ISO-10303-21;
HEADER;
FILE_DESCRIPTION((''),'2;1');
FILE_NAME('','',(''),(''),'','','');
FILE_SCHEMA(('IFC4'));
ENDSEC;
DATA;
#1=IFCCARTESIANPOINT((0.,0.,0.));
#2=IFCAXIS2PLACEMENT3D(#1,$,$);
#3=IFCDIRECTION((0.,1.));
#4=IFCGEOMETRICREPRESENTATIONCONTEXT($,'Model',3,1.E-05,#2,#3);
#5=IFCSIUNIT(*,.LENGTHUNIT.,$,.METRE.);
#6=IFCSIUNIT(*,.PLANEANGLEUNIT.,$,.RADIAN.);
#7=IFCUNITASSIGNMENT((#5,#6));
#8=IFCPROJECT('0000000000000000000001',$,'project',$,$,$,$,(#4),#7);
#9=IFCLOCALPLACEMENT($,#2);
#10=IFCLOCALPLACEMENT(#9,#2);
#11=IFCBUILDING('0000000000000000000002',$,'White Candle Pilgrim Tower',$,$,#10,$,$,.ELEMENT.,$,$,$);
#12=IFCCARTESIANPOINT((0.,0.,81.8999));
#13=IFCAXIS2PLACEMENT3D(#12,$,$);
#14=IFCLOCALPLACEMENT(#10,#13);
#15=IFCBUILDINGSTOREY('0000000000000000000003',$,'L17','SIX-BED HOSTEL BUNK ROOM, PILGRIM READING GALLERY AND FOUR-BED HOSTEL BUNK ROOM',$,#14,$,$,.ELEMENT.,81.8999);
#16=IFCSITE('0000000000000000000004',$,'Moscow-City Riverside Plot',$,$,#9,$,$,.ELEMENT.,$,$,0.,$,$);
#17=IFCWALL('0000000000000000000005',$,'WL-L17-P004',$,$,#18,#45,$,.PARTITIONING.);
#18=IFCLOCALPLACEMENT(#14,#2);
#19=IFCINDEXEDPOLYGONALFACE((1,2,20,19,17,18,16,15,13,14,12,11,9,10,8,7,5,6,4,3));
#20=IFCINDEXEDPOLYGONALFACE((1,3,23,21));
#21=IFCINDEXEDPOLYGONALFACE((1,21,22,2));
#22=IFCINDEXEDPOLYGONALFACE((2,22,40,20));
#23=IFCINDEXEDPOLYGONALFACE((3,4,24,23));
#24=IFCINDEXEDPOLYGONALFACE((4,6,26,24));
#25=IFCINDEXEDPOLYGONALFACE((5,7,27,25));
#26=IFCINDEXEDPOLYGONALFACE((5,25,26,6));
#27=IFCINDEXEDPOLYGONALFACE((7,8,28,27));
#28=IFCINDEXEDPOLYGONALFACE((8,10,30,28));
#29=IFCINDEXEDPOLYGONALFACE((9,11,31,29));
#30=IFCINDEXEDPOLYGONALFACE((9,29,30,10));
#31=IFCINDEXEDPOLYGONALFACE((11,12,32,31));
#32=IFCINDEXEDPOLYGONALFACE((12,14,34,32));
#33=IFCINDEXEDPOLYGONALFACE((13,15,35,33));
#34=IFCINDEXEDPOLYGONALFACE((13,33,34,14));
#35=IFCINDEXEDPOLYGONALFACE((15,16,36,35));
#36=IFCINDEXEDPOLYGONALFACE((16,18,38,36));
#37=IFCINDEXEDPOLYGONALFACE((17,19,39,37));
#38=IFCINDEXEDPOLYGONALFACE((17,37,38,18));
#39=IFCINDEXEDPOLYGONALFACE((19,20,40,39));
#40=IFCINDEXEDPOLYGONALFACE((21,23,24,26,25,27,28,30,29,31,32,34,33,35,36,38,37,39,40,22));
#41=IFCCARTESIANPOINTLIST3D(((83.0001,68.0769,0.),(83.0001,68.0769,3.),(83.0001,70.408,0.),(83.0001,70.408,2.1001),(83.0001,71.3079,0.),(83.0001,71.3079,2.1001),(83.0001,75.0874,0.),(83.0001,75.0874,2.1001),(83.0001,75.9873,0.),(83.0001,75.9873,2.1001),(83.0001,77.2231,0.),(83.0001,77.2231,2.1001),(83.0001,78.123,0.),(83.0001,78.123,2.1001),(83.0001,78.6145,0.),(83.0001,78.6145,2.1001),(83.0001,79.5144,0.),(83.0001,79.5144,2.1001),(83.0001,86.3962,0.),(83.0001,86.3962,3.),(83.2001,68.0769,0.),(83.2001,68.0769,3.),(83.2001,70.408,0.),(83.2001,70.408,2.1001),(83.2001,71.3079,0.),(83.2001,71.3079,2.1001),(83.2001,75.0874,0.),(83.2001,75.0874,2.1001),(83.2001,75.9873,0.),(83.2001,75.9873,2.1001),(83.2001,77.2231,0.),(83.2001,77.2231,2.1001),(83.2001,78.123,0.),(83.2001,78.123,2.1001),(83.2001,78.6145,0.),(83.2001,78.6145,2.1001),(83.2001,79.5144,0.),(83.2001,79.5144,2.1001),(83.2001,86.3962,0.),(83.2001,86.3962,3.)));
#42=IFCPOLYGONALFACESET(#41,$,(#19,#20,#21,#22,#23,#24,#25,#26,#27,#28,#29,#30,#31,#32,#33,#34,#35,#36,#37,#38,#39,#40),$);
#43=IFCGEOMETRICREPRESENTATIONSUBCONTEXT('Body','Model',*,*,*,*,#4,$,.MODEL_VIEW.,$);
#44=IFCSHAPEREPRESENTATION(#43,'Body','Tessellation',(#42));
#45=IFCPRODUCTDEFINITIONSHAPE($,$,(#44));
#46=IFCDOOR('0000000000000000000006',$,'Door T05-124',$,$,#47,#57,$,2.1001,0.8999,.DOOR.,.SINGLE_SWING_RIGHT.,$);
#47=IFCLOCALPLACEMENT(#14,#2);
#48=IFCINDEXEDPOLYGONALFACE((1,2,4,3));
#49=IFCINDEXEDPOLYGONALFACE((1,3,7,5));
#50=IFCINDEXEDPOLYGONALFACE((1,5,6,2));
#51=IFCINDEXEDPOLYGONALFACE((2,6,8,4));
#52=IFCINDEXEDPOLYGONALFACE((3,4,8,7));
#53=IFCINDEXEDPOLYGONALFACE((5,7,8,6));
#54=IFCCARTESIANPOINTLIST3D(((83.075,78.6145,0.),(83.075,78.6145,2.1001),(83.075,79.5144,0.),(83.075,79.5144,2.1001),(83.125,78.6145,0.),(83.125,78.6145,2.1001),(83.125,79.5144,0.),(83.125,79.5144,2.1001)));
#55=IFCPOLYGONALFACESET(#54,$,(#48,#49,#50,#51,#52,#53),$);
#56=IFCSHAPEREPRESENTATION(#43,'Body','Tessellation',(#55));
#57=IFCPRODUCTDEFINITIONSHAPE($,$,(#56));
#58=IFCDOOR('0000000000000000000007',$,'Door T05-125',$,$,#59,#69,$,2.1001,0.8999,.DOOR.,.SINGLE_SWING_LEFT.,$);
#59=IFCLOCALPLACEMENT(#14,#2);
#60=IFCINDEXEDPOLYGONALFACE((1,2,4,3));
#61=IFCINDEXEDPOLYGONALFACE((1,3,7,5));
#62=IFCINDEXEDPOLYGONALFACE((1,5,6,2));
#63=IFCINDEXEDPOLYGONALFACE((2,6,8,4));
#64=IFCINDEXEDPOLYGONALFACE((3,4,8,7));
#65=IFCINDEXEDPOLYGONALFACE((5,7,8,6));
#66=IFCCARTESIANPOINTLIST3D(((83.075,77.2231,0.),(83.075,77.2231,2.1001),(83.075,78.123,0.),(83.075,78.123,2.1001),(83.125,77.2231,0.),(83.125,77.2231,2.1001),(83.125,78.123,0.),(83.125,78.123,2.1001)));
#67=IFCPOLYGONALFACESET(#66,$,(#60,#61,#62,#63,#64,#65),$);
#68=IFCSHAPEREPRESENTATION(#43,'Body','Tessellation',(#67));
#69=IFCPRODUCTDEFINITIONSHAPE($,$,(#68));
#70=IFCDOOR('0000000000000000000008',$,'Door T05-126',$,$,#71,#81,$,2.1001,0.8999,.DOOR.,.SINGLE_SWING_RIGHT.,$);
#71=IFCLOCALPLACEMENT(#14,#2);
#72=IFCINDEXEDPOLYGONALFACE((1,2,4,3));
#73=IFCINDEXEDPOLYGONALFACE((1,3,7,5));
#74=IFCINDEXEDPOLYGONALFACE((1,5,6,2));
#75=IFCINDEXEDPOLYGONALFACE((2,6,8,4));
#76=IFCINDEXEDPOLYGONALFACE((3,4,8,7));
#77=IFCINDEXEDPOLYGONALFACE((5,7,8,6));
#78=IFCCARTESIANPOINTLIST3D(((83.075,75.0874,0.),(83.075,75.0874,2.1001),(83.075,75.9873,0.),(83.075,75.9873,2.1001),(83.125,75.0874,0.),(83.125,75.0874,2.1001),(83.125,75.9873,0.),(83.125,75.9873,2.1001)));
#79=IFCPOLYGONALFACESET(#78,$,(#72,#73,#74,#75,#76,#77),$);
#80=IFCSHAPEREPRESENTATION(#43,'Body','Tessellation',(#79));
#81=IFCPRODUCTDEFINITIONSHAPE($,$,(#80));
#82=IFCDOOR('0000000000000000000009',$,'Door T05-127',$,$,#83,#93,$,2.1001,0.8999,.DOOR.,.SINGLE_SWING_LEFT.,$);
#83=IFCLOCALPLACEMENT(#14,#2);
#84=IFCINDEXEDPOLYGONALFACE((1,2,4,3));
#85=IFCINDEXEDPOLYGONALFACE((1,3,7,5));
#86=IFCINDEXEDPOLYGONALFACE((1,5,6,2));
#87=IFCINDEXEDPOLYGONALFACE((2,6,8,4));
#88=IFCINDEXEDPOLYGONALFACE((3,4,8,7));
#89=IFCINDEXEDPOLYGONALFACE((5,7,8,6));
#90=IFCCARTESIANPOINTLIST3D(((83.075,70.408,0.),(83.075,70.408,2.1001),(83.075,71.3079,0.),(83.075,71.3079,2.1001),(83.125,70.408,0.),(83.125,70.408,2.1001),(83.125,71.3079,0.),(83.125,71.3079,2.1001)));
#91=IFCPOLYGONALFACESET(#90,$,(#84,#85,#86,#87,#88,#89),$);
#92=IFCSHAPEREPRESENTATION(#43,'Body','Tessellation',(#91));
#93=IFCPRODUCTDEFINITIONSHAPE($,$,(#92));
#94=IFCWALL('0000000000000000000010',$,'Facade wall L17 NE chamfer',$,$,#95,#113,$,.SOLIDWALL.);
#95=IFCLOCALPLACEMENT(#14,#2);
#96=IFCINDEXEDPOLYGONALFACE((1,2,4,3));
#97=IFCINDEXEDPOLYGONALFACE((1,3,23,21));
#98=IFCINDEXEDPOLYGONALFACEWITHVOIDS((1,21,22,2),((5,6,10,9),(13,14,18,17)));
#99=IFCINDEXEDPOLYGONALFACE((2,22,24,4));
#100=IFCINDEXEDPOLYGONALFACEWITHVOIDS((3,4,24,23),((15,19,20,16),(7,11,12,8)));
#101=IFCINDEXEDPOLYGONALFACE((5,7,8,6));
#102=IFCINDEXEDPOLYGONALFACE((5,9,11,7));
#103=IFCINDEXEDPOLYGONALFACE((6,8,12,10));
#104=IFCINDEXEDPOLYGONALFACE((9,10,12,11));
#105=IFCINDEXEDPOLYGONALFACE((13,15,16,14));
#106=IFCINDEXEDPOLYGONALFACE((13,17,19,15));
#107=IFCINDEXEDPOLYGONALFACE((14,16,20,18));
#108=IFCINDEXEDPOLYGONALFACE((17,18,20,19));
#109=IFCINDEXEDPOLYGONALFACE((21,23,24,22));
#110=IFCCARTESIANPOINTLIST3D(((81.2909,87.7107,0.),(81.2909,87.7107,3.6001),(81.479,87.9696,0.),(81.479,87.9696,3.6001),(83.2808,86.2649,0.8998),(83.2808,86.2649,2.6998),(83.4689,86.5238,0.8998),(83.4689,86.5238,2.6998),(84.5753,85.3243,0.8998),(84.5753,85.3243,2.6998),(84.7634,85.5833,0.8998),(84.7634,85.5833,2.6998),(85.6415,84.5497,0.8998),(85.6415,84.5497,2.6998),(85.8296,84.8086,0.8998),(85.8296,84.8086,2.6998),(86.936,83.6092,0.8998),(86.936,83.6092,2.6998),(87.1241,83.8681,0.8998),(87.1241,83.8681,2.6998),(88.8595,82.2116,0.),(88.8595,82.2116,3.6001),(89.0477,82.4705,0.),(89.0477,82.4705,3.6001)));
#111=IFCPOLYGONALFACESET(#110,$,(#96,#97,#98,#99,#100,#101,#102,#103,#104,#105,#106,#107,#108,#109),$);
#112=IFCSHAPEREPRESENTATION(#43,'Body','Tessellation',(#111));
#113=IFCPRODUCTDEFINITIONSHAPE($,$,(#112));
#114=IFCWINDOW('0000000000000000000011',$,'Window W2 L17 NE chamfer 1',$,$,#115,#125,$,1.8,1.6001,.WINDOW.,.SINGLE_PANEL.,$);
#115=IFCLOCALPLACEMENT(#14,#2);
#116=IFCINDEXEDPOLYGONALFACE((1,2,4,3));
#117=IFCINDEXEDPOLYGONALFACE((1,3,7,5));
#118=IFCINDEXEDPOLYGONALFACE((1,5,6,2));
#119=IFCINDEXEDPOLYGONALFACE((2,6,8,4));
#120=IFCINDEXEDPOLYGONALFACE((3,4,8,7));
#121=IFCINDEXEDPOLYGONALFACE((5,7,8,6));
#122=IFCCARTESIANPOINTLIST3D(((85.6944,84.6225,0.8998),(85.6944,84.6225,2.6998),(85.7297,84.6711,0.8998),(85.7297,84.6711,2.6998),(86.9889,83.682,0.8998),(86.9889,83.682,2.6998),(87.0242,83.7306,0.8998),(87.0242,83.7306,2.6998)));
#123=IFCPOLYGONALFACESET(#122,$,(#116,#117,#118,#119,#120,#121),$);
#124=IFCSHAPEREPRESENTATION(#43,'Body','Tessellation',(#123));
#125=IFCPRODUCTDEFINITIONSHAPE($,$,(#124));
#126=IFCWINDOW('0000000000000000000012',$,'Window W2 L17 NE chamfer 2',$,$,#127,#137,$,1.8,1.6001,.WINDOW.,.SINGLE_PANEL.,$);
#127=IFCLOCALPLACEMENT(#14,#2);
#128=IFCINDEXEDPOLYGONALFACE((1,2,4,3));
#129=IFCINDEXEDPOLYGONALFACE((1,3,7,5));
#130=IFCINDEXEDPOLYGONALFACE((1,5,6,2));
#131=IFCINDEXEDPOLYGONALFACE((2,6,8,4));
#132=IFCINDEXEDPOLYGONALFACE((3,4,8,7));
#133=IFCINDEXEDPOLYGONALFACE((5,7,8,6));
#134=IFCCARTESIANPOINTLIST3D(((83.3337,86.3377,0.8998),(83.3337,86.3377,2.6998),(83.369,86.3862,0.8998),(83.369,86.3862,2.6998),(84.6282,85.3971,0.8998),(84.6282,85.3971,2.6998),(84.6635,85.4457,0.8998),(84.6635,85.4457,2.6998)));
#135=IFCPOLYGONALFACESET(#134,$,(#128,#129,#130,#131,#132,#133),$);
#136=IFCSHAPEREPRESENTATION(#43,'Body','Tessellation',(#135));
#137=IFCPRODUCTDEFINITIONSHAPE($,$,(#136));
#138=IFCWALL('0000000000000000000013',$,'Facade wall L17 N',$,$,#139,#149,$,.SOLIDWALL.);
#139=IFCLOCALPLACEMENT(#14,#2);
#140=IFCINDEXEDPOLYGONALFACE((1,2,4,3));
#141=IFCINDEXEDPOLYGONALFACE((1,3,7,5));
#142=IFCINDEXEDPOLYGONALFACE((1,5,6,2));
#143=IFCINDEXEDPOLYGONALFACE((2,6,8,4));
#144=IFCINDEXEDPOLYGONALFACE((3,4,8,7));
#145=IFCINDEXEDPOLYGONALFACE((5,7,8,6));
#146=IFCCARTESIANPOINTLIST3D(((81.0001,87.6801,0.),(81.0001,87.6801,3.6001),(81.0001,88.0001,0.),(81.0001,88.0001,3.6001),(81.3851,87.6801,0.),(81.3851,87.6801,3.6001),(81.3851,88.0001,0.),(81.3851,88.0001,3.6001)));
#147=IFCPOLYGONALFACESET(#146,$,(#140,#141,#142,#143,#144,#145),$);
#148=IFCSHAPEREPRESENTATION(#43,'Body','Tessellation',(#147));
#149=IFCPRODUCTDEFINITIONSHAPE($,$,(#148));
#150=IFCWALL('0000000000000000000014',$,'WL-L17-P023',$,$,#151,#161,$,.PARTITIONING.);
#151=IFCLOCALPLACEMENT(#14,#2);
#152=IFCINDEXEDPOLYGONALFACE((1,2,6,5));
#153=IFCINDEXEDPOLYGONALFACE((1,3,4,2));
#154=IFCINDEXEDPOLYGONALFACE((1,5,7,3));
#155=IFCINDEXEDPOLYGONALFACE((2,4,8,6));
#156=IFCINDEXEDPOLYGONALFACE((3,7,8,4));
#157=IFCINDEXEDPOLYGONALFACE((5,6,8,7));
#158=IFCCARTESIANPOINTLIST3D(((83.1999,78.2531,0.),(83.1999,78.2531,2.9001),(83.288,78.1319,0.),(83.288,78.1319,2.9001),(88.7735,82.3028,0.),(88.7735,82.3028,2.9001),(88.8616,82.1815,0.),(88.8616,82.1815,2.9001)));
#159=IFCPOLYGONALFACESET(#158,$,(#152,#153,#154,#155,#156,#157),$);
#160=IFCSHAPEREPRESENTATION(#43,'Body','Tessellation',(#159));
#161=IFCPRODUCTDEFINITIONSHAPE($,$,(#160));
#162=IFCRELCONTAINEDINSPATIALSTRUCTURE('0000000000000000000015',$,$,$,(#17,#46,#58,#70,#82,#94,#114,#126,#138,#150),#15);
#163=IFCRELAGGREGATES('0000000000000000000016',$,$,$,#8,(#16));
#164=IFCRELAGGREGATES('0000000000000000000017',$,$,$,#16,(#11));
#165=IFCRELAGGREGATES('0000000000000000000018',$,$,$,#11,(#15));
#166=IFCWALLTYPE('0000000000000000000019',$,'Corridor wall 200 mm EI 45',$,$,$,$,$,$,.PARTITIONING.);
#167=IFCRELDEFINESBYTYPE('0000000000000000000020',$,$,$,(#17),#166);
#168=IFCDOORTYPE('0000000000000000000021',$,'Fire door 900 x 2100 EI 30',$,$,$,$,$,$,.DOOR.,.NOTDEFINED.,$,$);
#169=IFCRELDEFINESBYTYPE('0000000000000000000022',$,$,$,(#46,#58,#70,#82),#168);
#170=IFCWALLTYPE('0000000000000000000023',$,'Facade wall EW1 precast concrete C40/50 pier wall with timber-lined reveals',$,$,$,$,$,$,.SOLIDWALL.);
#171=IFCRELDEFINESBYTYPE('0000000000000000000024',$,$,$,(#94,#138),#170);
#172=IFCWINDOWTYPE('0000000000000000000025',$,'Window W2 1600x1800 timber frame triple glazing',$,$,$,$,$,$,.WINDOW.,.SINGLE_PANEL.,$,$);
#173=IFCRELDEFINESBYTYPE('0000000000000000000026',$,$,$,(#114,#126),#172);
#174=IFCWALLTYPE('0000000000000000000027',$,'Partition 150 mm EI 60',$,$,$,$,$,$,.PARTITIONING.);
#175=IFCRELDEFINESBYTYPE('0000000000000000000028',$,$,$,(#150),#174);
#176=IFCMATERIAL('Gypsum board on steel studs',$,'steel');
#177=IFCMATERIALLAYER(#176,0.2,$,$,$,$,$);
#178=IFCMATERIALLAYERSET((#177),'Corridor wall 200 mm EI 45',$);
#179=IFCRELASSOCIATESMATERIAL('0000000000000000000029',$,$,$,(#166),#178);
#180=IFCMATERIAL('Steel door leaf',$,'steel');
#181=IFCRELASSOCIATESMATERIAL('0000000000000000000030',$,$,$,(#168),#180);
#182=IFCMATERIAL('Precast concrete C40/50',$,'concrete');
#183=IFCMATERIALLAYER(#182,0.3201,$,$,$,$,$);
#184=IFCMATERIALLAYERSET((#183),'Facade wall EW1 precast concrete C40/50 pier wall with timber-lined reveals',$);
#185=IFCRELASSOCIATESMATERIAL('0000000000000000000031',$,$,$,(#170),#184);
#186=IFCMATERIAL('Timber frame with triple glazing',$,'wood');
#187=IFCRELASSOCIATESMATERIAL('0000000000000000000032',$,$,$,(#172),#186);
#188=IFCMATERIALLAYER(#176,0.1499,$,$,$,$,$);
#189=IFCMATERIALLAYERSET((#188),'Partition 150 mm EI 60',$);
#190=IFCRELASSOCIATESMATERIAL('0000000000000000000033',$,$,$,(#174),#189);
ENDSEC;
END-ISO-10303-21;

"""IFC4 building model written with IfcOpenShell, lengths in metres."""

from ifc_helpers import new_model, si_unit, direction, frame, frame_2d, origin, place, context, subcontext, project, spatial, rectangle, extrude, material, layer, layer_set, type_object, element, fill, save


model = new_model("IFC4")

# Units and contexts
model_context = context("Model", 3, precision=1e-05, world=origin(), true_north=direction((0.0, 1.0)))
body_context = subcontext(model_context, "Body", "Model", "MODEL_VIEW")
ifc_project = project(units=[si_unit("LENGTHUNIT", "METRE"), si_unit("PLANEANGLEUNIT", "RADIAN")], contexts=[model_context])

# Site, building, storey
site_placement = place(None, origin())
site = spatial("IfcSite", under=ifc_project, at=site_placement, Name="Moscow-City Riverside Plot", CompositionType="ELEMENT", RefElevation=0.0)
building_placement = place(site_placement, origin())
building = spatial("IfcBuilding", under=site, at=building_placement, Name="White Candle Pilgrim Tower", CompositionType="ELEMENT")
storey_placement = place(building_placement, frame((0.0, 0.0, 81.8999)))
storey = spatial("IfcBuildingStorey", under=building, at=storey_placement, Name="L17", Description="SIX-BED HOSTEL BUNK ROOM, PILGRIM READING GALLERY AND FOUR-BED HOSTEL BUNK ROOM", CompositionType="ELEMENT", Elevation=81.8999)

# Shared definitions
ifc_material_1 = material(Name="Steel door leaf", Category="steel")

# Wall, openings, doors
ifc_material_2 = material(Name="Gypsum board on steel studs", Category="steel")
ifc_layer_1 = layer(ifc_material_2, 0.2)
ifc_layer_set_1 = layer_set([ifc_layer_1], Name="Corridor wall 200 mm EI 45")
wall_type_1 = type_object("IfcWallType", Name="Corridor wall 200 mm EI 45", PredefinedType="PARTITIONING", material=ifc_layer_set_1)
wall_1_placement = place(storey_placement, frame((83.1001, 86.3962, 0.0), z_axis=(0.0, 0.0, 1.0), x_axis=(0.0, -1.0, 0.0)))
wall_1 = element("IfcWall", 1, at=wall_1_placement, inside=storey, type_object=wall_type_1, Name="WL-L17-P004", PredefinedType="PARTITIONING", context=body_context, shape_type="SweptSolid", body=[
    extrude(rectangle(XDim=18.3193, YDim=0.2, at=frame_2d((9.1597, 0.0))), origin(), (0.0, 0.0, 1.0), 3.0),
])
opening_1_placement = place(wall_1_placement, frame((6.8818, 0.0, 0.0)))
opening_1 = element("IfcOpeningElement", 2, at=opening_1_placement, cuts=wall_1, PredefinedType="OPENING", context=body_context, shape_type="SweptSolid", body=[
    extrude(rectangle(XDim=0.8999, YDim=2.1001, at=frame_2d((0.45, 1.05))), frame((0.0, 0.1099, 0.0), z_axis=(0.0, -1.0, 0.0), x_axis=(1.0, 0.0, 0.0)), (0.0, 0.0, 1.0), 0.22),
])
opening_2_placement = place(wall_1_placement, frame((8.2732, 0.0, 0.0)))
opening_2 = element("IfcOpeningElement", 3, at=opening_2_placement, cuts=wall_1, PredefinedType="OPENING", context=body_context, shape_type="SweptSolid", body=[
    extrude(rectangle(XDim=0.8999, YDim=2.1001, at=frame_2d((0.45, 1.05))), frame((0.0, 0.1099, 0.0), z_axis=(0.0, -1.0, 0.0), x_axis=(1.0, 0.0, 0.0)), (0.0, 0.0, 1.0), 0.22),
])
opening_3_placement = place(wall_1_placement, frame((10.4089, 0.0, 0.0)))
opening_3 = element("IfcOpeningElement", 4, at=opening_3_placement, cuts=wall_1, PredefinedType="OPENING", context=body_context, shape_type="SweptSolid", body=[
    extrude(rectangle(XDim=0.8999, YDim=2.1001, at=frame_2d((0.45, 1.05))), frame((0.0, 0.1099, 0.0), z_axis=(0.0, -1.0, 0.0), x_axis=(1.0, 0.0, 0.0)), (0.0, 0.0, 1.0), 0.22),
])
opening_4_placement = place(wall_1_placement, frame((15.0884, 0.0, 0.0)))
opening_4 = element("IfcOpeningElement", 5, at=opening_4_placement, cuts=wall_1, PredefinedType="OPENING", context=body_context, shape_type="SweptSolid", body=[
    extrude(rectangle(XDim=0.8999, YDim=2.1001, at=frame_2d((0.45, 1.05))), frame((0.0, 0.1099, 0.0), z_axis=(0.0, -1.0, 0.0), x_axis=(1.0, 0.0, 0.0)), (0.0, 0.0, 1.0), 0.22),
])
door_type_1 = type_object("IfcDoorType", Name="Fire door 900 x 2100 EI 30", OperationType="NOTDEFINED", PredefinedType="DOOR", material=ifc_material_1)
door_1_placement = place(opening_1_placement, origin())
door_1 = element("IfcDoor", 6, at=door_1_placement, inside=storey, type_object=door_type_1, Name="Door T05-124", OperationType="SINGLE_SWING_RIGHT", OverallHeight=2.1001, OverallWidth=0.8999, PredefinedType="DOOR", context=body_context, shape_type="SweptSolid", body=[
    extrude(rectangle(XDim=0.8999, YDim=2.1001, at=frame_2d((0.45, 1.05))), frame((0.0, 0.0249, 0.0), z_axis=(0.0, -1.0, 0.0), x_axis=(1.0, 0.0, 0.0)), (0.0, 0.0, 1.0), 0.05),
])
fill(opening_1, door_1)
door_2_placement = place(opening_2_placement, origin())
door_2 = element("IfcDoor", 7, at=door_2_placement, inside=storey, type_object=door_type_1, Name="Door T05-125", OperationType="SINGLE_SWING_LEFT", OverallHeight=2.1001, OverallWidth=0.8999, PredefinedType="DOOR", context=body_context, shape_type="SweptSolid", body=[
    extrude(rectangle(XDim=0.8999, YDim=2.1001, at=frame_2d((0.45, 1.05))), frame((0.0, 0.0249, 0.0), z_axis=(0.0, -1.0, 0.0), x_axis=(1.0, 0.0, 0.0)), (0.0, 0.0, 1.0), 0.05),
])
fill(opening_2, door_2)
door_3_placement = place(opening_3_placement, origin())
door_3 = element("IfcDoor", 8, at=door_3_placement, inside=storey, type_object=door_type_1, Name="Door T05-126", OperationType="SINGLE_SWING_RIGHT", OverallHeight=2.1001, OverallWidth=0.8999, PredefinedType="DOOR", context=body_context, shape_type="SweptSolid", body=[
    extrude(rectangle(XDim=0.8999, YDim=2.1001, at=frame_2d((0.45, 1.05))), frame((0.0, 0.0249, 0.0), z_axis=(0.0, -1.0, 0.0), x_axis=(1.0, 0.0, 0.0)), (0.0, 0.0, 1.0), 0.05),
])
fill(opening_3, door_3)
door_4_placement = place(opening_4_placement, origin())
door_4 = element("IfcDoor", 9, at=door_4_placement, inside=storey, type_object=door_type_1, Name="Door T05-127", OperationType="SINGLE_SWING_LEFT", OverallHeight=2.1001, OverallWidth=0.8999, PredefinedType="DOOR", context=body_context, shape_type="SweptSolid", body=[
    extrude(rectangle(XDim=0.8999, YDim=2.1001, at=frame_2d((0.45, 1.05))), frame((0.0, 0.0249, 0.0), z_axis=(0.0, -1.0, 0.0), x_axis=(1.0, 0.0, 0.0)), (0.0, 0.0, 1.0), 0.05),
])
fill(opening_4, door_4)

# Wall, openings, windows
ifc_material_3 = material(Name="Precast concrete C40/50", Category="concrete")
ifc_layer_2 = layer(ifc_material_3, 0.3201)
ifc_layer_set_2 = layer_set([ifc_layer_2], Name="Facade wall EW1 precast concrete C40/50 pier wall with timber-lined reveals")
wall_type_2 = type_object("IfcWallType", Name="Facade wall EW1 precast concrete C40/50 pier wall with timber-lined reveals", PredefinedType="SOLIDWALL", material=ifc_layer_set_2)
wall_2_placement = place(storey_placement, frame((88.9536, 82.3411, 0.0), z_axis=(0.0, 0.0, 1.0), x_axis=(-0.809011, 0.587793, 0.0)))
wall_2 = element("IfcWall", 10, at=wall_2_placement, inside=storey, type_object=wall_type_2, Name="Facade wall L17 NE chamfer", PredefinedType="SOLIDWALL", context=body_context, shape_type="SweptSolid", body=[
    extrude(rectangle(XDim=9.3555, YDim=0.3201, at=frame_2d((4.6777, 0.0))), origin(), (0.0, 0.0, 1.0), 3.6001),
])
opening_5_placement = place(wall_2_placement, frame((2.3777, 0.0, 0.8999)))
opening_5 = element("IfcOpeningElement", 11, at=opening_5_placement, cuts=wall_2, PredefinedType="OPENING", context=body_context, shape_type="SweptSolid", body=[
    extrude(rectangle(XDim=1.6001, YDim=1.8, at=frame_2d((0.8, 0.8999))), frame((0.0, 0.1699, 0.0), z_axis=(0.0, -1.0, 0.0), x_axis=(1.0, 0.0, 0.0)), (0.0, 0.0, 1.0), 0.3401),
])
opening_6_placement = place(wall_2_placement, frame((5.2957, 0.0, 0.8999)))
opening_6 = element("IfcOpeningElement", 12, at=opening_6_placement, cuts=wall_2, PredefinedType="OPENING", context=body_context, shape_type="SweptSolid", body=[
    extrude(rectangle(XDim=1.6001, YDim=1.8, at=frame_2d((0.8, 0.8999))), frame((0.0, 0.1699, 0.0), z_axis=(0.0, -1.0, 0.0), x_axis=(1.0, 0.0, 0.0)), (0.0, 0.0, 1.0), 0.3401),
])
ifc_material_4 = material(Name="Timber frame with triple glazing", Category="wood")
window_type = type_object("IfcWindowType", Name="Window W2 1600x1800 timber frame triple glazing", PartitioningType="SINGLE_PANEL", PredefinedType="WINDOW", material=ifc_material_4)
window_1_placement = place(opening_5_placement, origin())
window_1 = element("IfcWindow", 13, at=window_1_placement, inside=storey, type_object=window_type, Name="Window W2 L17 NE chamfer 1", OverallHeight=1.8, OverallWidth=1.6001, PartitioningType="SINGLE_PANEL", PredefinedType="WINDOW", context=body_context, shape_type="SweptSolid", body=[
    extrude(rectangle(XDim=1.6001, YDim=1.8, at=frame_2d((0.8, 0.8999))), frame((0.0, 0.0701, 0.0), z_axis=(0.0, -1.0, 0.0), x_axis=(1.0, 0.0, 0.0)), (0.0, 0.0, 1.0), 0.0601),
])
fill(opening_5, window_1)
window_2_placement = place(opening_6_placement, origin())
window_2 = element("IfcWindow", 14, at=window_2_placement, inside=storey, type_object=window_type, Name="Window W2 L17 NE chamfer 2", OverallHeight=1.8, OverallWidth=1.6001, PartitioningType="SINGLE_PANEL", PredefinedType="WINDOW", context=body_context, shape_type="SweptSolid", body=[
    extrude(rectangle(XDim=1.6001, YDim=1.8, at=frame_2d((0.8, 0.8999))), frame((0.0, 0.0701, 0.0), z_axis=(0.0, -1.0, 0.0), x_axis=(1.0, 0.0, 0.0)), (0.0, 0.0, 1.0), 0.0601),
])
fill(opening_6, window_2)

# Walls
wall_3_placement = place(storey_placement, frame((81.385, 87.8401, 0.0), z_axis=(0.0, 0.0, 1.0), x_axis=(-1.0, 0.0, 0.0)))
element("IfcWall", 15, at=wall_3_placement, inside=storey, type_object=wall_type_2, Name="Facade wall L17 N", PredefinedType="SOLIDWALL", context=body_context, shape_type="SweptSolid", body=[
    extrude(rectangle(XDim=0.385, YDim=0.3201, at=frame_2d((0.1924, 0.0))), origin(), (0.0, 0.0, 1.0), 3.6001),
])
ifc_layer_3 = layer(ifc_material_2, 0.1499)
ifc_layer_set_3 = layer_set([ifc_layer_3], Name="Partition 150 mm EI 60")
wall_type_3 = type_object("IfcWallType", Name="Partition 150 mm EI 60", PredefinedType="PARTITIONING", material=ifc_layer_set_3)
wall_4_placement = place(storey_placement, frame((88.8176, 82.2422, 0.0), z_axis=(0.0, 0.0, 1.0), x_axis=(-0.809004, -0.587803, 0.0)))
element("IfcWall", 16, at=wall_4_placement, inside=storey, type_object=wall_type_3, Name="WL-L17-P023", PredefinedType="PARTITIONING", context=body_context, shape_type="SweptSolid", body=[
    extrude(rectangle(XDim=6.8894, YDim=0.1499, at=frame_2d((3.4448, 0.0))), origin(), (0.0, 0.0, 1.0), 2.9001),
])

save(model, "model.ifc")
